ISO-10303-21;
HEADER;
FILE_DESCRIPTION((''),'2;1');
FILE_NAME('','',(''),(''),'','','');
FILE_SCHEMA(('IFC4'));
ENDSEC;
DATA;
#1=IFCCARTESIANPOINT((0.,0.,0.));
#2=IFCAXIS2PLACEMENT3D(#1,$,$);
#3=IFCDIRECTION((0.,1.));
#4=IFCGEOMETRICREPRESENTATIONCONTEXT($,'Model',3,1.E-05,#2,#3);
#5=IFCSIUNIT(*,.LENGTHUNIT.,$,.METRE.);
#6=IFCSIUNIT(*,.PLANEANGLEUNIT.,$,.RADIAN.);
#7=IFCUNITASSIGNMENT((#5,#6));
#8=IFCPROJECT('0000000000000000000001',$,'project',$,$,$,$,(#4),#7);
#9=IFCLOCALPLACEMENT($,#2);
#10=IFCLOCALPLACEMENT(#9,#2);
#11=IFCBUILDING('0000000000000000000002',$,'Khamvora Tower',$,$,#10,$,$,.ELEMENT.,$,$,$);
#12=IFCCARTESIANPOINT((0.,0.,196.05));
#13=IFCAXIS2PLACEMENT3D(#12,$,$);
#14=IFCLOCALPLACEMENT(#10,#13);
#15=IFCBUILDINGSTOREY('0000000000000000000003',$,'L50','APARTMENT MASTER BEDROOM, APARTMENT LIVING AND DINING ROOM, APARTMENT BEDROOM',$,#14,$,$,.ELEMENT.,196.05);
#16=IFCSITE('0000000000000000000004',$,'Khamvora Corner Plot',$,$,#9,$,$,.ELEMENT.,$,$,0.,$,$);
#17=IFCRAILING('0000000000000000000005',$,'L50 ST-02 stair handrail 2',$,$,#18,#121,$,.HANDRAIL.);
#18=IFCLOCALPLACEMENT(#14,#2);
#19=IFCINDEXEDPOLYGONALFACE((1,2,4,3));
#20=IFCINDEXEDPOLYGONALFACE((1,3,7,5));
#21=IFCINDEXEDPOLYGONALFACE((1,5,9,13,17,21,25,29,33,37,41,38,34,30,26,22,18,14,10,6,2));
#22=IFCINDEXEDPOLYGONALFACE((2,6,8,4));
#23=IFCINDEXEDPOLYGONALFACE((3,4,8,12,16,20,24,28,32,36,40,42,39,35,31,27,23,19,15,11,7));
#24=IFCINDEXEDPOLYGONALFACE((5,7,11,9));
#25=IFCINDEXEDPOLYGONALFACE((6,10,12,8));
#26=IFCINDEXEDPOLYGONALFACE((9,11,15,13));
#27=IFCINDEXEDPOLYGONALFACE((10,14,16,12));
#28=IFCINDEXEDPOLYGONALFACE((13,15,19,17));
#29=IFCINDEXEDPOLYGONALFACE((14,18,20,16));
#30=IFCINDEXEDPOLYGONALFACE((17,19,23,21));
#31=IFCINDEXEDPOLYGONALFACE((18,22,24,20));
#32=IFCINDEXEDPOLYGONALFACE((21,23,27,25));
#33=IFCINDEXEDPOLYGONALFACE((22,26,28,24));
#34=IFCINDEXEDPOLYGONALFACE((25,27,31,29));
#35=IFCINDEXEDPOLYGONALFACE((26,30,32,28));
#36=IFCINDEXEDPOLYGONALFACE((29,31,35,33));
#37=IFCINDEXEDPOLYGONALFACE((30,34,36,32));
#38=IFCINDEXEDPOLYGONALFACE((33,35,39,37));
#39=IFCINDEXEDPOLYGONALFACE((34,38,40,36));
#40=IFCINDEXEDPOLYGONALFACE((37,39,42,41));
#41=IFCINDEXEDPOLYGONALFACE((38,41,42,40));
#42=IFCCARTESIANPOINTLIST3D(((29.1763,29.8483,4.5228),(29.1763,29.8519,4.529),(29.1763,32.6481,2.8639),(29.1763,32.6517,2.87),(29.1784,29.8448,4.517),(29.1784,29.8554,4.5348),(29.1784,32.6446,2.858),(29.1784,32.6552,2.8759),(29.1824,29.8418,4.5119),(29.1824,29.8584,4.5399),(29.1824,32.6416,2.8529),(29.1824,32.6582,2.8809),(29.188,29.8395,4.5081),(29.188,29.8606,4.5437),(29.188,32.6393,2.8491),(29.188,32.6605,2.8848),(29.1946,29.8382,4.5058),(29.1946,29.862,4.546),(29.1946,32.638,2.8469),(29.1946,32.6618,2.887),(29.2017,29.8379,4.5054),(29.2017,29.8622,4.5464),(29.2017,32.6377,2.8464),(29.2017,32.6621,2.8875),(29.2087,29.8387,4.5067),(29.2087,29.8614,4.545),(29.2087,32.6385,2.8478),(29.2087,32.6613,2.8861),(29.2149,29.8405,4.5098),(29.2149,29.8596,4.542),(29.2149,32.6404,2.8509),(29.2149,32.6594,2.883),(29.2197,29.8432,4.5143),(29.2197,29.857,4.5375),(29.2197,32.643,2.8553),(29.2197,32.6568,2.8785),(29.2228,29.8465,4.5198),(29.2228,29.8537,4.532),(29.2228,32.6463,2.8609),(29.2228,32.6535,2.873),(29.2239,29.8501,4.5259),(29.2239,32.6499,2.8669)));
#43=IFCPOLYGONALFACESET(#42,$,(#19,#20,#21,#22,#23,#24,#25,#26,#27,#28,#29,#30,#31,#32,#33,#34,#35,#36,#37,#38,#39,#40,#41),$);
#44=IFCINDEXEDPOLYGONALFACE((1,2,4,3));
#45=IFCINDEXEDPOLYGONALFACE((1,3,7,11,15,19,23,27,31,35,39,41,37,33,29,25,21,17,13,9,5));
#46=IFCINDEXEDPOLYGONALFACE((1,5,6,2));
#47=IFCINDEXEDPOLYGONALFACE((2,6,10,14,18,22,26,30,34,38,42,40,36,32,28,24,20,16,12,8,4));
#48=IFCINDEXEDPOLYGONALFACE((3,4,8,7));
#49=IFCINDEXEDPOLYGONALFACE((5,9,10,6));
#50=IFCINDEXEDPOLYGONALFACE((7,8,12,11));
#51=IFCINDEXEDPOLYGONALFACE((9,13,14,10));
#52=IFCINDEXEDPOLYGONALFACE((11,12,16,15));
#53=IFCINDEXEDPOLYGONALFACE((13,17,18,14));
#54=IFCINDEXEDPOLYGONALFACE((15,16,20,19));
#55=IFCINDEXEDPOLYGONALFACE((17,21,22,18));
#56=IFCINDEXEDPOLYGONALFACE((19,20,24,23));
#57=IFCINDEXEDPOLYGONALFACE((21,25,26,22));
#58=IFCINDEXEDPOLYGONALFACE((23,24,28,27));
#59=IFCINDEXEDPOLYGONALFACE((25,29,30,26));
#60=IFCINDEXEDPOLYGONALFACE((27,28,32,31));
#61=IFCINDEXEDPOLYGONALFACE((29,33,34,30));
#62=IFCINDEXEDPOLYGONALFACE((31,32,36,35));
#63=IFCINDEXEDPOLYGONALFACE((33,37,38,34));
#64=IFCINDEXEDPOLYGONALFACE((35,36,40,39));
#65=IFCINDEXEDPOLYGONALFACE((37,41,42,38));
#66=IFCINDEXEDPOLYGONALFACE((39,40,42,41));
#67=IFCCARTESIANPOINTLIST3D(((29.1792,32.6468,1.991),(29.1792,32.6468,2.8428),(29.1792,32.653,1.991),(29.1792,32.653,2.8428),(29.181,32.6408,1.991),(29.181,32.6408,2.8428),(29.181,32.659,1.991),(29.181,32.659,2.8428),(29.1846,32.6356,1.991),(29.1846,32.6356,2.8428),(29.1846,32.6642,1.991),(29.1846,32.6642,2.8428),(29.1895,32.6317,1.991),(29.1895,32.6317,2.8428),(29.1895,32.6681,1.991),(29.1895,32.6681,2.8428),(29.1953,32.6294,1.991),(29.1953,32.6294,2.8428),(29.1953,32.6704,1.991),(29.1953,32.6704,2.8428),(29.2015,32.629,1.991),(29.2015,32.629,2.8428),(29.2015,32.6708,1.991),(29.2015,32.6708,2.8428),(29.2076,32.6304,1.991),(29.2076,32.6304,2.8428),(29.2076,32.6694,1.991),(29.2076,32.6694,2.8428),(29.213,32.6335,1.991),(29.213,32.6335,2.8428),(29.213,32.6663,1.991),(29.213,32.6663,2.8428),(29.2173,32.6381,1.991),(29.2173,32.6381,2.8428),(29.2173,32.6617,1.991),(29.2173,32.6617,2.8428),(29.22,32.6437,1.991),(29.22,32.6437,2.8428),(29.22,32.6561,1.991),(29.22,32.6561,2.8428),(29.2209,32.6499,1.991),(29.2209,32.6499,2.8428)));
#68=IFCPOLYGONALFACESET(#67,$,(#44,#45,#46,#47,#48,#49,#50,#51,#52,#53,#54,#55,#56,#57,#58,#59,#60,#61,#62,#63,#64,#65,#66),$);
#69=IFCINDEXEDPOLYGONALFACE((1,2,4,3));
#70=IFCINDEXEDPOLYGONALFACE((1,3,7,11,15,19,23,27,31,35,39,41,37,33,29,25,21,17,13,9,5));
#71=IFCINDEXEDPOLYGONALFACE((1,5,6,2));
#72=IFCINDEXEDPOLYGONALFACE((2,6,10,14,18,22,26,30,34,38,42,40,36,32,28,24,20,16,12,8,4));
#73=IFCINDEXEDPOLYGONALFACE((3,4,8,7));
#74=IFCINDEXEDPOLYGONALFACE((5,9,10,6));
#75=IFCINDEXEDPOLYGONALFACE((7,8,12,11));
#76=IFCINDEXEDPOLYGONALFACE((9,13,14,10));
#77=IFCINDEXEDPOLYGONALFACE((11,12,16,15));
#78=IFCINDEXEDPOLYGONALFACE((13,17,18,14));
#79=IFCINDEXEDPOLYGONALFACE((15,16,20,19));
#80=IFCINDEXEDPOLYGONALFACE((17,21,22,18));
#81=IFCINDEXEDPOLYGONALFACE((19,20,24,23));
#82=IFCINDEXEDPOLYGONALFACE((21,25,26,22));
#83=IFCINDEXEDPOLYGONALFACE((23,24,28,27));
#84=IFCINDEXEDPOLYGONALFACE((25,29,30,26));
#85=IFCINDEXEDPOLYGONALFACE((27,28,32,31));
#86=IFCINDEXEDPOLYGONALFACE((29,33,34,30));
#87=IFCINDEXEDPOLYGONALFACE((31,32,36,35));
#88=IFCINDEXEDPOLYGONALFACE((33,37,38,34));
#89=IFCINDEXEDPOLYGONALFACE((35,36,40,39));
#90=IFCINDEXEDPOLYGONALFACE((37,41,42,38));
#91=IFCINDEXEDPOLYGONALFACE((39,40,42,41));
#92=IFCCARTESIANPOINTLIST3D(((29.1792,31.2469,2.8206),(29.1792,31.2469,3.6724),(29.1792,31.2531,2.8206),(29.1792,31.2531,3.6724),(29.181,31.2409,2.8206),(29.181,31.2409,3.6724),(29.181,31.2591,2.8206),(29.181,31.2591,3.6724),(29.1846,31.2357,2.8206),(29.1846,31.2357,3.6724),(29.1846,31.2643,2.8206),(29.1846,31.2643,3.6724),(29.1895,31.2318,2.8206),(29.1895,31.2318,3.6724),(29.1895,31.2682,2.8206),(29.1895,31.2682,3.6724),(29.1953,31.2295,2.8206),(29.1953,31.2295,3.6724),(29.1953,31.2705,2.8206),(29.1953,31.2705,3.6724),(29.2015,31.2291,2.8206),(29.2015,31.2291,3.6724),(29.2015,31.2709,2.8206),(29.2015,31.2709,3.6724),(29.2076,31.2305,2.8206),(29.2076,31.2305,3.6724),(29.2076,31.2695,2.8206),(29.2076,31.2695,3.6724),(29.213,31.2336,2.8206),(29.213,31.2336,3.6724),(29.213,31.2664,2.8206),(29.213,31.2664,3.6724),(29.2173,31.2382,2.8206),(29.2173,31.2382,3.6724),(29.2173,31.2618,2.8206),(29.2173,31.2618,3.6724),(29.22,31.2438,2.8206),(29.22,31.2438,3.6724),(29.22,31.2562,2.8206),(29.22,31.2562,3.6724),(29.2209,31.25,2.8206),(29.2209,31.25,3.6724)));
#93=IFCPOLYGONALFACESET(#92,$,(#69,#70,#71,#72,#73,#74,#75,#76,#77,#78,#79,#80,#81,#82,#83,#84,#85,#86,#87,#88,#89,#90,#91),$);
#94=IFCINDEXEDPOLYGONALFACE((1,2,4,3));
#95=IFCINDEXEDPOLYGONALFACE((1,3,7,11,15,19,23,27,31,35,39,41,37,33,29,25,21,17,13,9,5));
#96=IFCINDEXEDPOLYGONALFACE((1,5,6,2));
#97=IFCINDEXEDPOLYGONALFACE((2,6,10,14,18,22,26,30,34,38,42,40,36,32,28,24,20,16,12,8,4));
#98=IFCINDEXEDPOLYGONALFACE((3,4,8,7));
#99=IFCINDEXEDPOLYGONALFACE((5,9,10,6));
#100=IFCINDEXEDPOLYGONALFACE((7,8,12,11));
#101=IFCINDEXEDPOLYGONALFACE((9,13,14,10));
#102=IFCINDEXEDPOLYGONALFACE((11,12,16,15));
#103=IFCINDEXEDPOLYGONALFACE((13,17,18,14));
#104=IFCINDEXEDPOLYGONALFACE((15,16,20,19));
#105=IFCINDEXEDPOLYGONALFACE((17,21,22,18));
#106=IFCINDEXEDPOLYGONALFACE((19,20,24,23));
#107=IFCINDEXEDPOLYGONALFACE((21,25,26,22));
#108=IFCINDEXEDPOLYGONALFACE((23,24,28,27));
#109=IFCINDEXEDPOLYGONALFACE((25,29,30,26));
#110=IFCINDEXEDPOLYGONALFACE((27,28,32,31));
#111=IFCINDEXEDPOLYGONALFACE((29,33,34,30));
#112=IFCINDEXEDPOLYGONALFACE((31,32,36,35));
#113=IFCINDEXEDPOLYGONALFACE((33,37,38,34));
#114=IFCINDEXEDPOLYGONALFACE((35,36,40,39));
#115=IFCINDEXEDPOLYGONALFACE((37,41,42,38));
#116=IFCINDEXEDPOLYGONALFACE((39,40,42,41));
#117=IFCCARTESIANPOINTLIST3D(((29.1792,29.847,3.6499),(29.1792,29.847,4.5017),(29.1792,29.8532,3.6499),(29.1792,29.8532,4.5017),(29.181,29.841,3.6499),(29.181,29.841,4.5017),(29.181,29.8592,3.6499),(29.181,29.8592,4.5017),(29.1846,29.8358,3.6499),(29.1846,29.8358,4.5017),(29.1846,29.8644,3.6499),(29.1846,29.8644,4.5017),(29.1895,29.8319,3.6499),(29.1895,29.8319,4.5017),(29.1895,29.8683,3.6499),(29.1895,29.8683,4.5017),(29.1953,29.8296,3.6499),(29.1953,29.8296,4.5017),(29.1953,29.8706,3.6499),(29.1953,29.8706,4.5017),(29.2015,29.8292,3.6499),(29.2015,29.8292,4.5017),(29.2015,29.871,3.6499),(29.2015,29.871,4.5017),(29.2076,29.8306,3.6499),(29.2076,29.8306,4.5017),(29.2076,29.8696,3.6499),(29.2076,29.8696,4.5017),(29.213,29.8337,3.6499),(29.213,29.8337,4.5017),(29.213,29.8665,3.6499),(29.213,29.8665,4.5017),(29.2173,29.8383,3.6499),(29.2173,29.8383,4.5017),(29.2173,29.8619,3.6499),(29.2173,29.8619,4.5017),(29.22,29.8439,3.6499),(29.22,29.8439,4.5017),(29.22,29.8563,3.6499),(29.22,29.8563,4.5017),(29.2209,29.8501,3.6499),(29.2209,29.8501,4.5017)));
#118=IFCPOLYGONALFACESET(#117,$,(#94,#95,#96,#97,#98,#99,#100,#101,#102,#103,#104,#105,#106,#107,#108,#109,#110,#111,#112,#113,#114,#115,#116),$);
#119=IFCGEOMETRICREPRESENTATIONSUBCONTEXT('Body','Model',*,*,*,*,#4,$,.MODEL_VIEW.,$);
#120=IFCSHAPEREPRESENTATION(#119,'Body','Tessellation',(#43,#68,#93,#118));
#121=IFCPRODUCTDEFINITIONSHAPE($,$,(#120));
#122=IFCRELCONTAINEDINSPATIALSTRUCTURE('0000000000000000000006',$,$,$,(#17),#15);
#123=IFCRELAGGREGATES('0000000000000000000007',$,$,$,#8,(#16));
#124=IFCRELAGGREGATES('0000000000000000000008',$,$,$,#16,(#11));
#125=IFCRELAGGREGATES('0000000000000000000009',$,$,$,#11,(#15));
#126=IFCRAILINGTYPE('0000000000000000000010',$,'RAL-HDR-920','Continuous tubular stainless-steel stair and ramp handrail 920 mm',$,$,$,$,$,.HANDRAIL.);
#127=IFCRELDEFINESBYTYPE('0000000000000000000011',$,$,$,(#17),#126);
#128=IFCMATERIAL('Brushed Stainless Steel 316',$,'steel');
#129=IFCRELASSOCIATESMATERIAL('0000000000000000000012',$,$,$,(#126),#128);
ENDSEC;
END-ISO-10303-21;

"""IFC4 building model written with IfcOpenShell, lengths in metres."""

from ifc_helpers import new_model, si_unit, direction, frame, origin, origin_2d, place, context, subcontext, project, spatial, circle, extrude, material, type_object, element, save


model = new_model("IFC4")

# Units and contexts
model_context = context("Model", 3, precision=1e-05, world=origin(), true_north=direction((0.0, 1.0)))
body_context = subcontext(model_context, "Body", "Model", "MODEL_VIEW")
ifc_project = project(units=[si_unit("LENGTHUNIT", "METRE"), si_unit("PLANEANGLEUNIT", "RADIAN")], contexts=[model_context])

# Site, building, storey
site_placement = place(None, origin())
site = spatial("IfcSite", under=ifc_project, at=site_placement, Name="Khamvora Corner Plot", CompositionType="ELEMENT", RefElevation=0.0)
building_placement = place(site_placement, origin())
building = spatial("IfcBuilding", under=site, at=building_placement, Name="Khamvora Tower", CompositionType="ELEMENT")
storey_placement = place(building_placement, frame((0.0, 0.0, 196.05)))
storey = spatial("IfcBuildingStorey", under=building, at=storey_placement, Name="L50", Description="APARTMENT MASTER BEDROOM, APARTMENT LIVING AND DINING ROOM, APARTMENT BEDROOM", CompositionType="ELEMENT", Elevation=196.05)

# Railing
ifc_material_1 = material(Name="Brushed Stainless Steel 316", Category="steel")
railing_type_1 = type_object("IfcRailingType", Name="RAL-HDR-920", Description="Continuous tubular stainless-steel stair and ramp handrail 920 mm", PredefinedType="HANDRAIL", material=ifc_material_1)
railing_1_placement = place(storey_placement, frame((29.2, 32.6499, 1.991)))
element("IfcRailing", 1, at=railing_1_placement, inside=storey, type_object=railing_type_1, Name="L50 ST-02 stair handrail 2", PredefinedType="HANDRAIL", context=body_context, shape_type="SweptSolid", body=[
    extrude(circle(Radius=0.0239, at=origin_2d()), frame((0.0, 0.0, 0.876), z_axis=(0.0, -0.86032, 0.509755), x_axis=(1.0, 0.0, 0.0)), (0.0, 0.0, 1.0), 3.2544),
    extrude(circle(Radius=0.021, at=origin_2d()), origin(), (0.0, 0.0, 1.0), 0.8518),
    extrude(circle(Radius=0.021, at=origin_2d()), frame((0.0, -1.3999, 0.8296)), (0.0, 0.0, 1.0), 0.8518),
    extrude(circle(Radius=0.021, at=origin_2d()), frame((0.0, -2.7998, 1.6589)), (0.0, 0.0, 1.0), 0.8518),
])

save(model, "model.ifc")
